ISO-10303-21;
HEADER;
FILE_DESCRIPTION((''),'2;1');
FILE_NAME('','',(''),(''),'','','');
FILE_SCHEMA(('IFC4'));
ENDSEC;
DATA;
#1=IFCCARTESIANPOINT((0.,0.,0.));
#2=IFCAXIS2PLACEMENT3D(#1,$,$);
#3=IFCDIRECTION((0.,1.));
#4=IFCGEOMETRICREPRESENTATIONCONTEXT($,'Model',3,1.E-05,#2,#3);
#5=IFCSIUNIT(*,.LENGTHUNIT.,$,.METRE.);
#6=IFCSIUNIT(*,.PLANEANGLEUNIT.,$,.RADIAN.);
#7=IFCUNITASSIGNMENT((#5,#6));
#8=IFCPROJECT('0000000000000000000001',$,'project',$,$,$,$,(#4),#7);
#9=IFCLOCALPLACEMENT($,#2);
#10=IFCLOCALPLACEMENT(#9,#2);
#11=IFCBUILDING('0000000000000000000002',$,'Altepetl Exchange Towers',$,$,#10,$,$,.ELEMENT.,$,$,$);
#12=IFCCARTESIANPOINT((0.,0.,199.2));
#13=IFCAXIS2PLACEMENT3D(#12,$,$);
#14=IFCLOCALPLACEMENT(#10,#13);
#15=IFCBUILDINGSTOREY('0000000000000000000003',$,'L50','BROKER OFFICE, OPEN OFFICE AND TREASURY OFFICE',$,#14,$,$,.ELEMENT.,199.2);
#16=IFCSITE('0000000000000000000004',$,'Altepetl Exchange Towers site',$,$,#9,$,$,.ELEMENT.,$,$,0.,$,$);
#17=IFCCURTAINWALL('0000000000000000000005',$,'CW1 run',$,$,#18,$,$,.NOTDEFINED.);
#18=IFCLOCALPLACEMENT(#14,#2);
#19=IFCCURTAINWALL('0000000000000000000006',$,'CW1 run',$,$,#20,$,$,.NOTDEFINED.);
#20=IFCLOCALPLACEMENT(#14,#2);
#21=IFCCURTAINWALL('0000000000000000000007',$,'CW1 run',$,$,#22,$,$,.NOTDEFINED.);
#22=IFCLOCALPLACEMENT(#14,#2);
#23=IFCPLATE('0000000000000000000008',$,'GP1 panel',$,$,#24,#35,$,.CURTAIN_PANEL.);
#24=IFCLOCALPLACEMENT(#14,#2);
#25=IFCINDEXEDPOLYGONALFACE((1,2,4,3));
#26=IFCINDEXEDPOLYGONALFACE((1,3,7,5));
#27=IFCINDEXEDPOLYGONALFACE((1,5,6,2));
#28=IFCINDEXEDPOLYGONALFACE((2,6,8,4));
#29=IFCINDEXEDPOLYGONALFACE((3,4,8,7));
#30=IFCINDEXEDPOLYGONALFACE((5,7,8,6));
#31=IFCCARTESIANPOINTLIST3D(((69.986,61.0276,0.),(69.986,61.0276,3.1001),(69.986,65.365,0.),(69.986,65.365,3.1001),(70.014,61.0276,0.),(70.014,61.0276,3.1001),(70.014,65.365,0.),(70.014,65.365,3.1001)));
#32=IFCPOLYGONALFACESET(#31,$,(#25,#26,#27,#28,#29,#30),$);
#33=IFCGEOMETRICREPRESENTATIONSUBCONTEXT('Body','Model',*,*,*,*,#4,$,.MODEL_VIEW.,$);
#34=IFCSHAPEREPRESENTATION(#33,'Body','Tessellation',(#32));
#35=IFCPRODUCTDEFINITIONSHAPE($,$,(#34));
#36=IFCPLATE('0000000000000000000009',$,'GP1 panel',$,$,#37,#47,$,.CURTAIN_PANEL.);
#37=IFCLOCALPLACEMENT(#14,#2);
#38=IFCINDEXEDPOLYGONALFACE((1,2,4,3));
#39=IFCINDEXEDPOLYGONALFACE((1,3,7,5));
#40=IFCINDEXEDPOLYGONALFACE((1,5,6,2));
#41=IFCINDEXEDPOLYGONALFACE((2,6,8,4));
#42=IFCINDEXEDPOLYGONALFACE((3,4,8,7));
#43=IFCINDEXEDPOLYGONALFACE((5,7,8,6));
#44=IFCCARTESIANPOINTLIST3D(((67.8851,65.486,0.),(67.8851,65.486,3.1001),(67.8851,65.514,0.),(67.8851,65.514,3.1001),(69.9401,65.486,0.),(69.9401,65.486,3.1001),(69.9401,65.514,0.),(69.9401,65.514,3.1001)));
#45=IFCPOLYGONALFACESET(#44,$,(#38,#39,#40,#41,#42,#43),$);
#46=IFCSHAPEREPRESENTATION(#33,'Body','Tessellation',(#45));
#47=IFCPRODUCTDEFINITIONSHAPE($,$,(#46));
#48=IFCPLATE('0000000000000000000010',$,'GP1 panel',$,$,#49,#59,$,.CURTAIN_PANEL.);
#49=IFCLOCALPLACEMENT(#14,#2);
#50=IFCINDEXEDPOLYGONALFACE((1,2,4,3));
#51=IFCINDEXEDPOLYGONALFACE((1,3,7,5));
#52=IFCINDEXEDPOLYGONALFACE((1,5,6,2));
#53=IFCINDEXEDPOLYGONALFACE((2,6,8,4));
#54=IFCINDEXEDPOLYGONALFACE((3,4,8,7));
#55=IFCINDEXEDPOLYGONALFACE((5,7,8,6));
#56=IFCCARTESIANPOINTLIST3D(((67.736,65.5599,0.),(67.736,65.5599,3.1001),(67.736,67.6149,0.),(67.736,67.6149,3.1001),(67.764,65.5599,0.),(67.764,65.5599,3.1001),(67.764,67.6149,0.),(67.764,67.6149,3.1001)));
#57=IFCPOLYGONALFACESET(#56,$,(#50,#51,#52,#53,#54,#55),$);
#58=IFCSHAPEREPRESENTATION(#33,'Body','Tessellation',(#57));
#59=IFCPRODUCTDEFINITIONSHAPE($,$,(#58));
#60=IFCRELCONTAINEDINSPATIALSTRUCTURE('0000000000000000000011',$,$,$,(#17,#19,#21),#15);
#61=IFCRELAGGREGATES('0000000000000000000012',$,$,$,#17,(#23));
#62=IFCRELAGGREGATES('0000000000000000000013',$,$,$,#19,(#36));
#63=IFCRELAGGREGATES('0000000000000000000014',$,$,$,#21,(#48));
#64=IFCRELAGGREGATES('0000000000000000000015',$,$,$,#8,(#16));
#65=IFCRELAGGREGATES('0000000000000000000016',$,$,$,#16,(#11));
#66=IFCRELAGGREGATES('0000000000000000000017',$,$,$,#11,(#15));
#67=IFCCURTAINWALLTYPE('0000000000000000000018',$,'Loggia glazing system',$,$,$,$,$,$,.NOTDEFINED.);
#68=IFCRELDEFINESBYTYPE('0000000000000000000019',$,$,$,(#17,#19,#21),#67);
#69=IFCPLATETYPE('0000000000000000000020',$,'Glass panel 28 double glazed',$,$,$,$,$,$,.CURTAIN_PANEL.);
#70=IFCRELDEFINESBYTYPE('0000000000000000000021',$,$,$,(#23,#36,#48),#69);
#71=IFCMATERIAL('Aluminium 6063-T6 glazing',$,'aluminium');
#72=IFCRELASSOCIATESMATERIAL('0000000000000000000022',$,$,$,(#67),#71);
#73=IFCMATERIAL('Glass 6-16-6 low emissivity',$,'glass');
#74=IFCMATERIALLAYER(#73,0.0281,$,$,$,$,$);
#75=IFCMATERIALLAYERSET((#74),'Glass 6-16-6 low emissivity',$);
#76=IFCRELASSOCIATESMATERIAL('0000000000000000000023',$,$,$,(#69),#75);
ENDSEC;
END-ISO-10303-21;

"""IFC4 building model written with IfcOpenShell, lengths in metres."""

from ifc_helpers import new_model, si_unit, direction, frame, origin, origin_2d, place, context, subcontext, project, spatial, rectangle, extrude, material, layer, layer_set, type_object, element, aggregate, save


model = new_model("IFC4")

# Units and contexts
model_context = context("Model", 3, precision=1e-05, world=origin(), true_north=direction((0.0, 1.0)))
body_context = subcontext(model_context, "Body", "Model", "MODEL_VIEW")
ifc_project = project(units=[si_unit("LENGTHUNIT", "METRE"), si_unit("PLANEANGLEUNIT", "RADIAN")], contexts=[model_context])

# Site, building, storey
site_placement = place(None, origin())
site = spatial("IfcSite", under=ifc_project, at=site_placement, Name="Altepetl Exchange Towers site", CompositionType="ELEMENT", RefElevation=0.0)
building_placement = place(site_placement, origin())
building = spatial("IfcBuilding", under=site, at=building_placement, Name="Altepetl Exchange Towers", CompositionType="ELEMENT")
storey_placement = place(building_placement, frame((0.0, 0.0, 199.2)))
storey = spatial("IfcBuildingStorey", under=building, at=storey_placement, Name="L50", Description="BROKER OFFICE, OPEN OFFICE AND TREASURY OFFICE", CompositionType="ELEMENT", Elevation=199.2)

# Curtain walls
ifc_material_1 = material(Name="Aluminium 6063-T6 glazing", Category="aluminium")
curtain_wall_type = type_object("IfcCurtainWallType", Name="Loggia glazing system", PredefinedType="NOTDEFINED", material=ifc_material_1)
curtain_wall_1_placement = place(storey_placement, origin())
curtain_wall_1 = element("IfcCurtainWall", 1, at=curtain_wall_1_placement, inside=storey, type_object=curtain_wall_type, Name="CW1 run", PredefinedType="NOTDEFINED")
curtain_wall_2_placement = place(storey_placement, origin())
curtain_wall_2 = element("IfcCurtainWall", 2, at=curtain_wall_2_placement, inside=storey, type_object=curtain_wall_type, Name="CW1 run", PredefinedType="NOTDEFINED")
curtain_wall_3_placement = place(storey_placement, origin())
curtain_wall_3 = element("IfcCurtainWall", 3, at=curtain_wall_3_placement, inside=storey, type_object=curtain_wall_type, Name="CW1 run", PredefinedType="NOTDEFINED")

# Plates
ifc_material_2 = material(Name="Glass 6-16-6 low emissivity", Category="glass")
ifc_layer = layer(ifc_material_2, 0.0281)
ifc_layer_set = layer_set([ifc_layer], Name="Glass 6-16-6 low emissivity")
plate_type = type_object("IfcPlateType", Name="Glass panel 28 double glazed", PredefinedType="CURTAIN_PANEL", material=ifc_layer_set)
plate_1_placement = place(storey_placement, frame((70.0, 63.1963, 0.0), z_axis=(0.0, 0.0, 1.0), x_axis=(0.0, 1.0, 0.0)))
plate_1 = element("IfcPlate", 4, at=plate_1_placement, type_object=plate_type, Name="GP1 panel", PredefinedType="CURTAIN_PANEL", context=body_context, shape_type="SweptSolid", body=[
    extrude(rectangle(XDim=4.3374, YDim=0.0281, at=origin_2d()), origin(), (0.0, 0.0, 1.0), 3.1001),
])
aggregate(curtain_wall_1, [plate_1])
plate_2_placement = place(storey_placement, frame((68.9126, 65.5, 0.0), z_axis=(0.0, 0.0, 1.0), x_axis=(-1.0, 0.0, 0.0)))
plate_2 = element("IfcPlate", 5, at=plate_2_placement, type_object=plate_type, Name="GP1 panel", PredefinedType="CURTAIN_PANEL", context=body_context, shape_type="SweptSolid", body=[
    extrude(rectangle(XDim=2.0549, YDim=0.0281, at=origin_2d()), origin(), (0.0, 0.0, 1.0), 3.1001),
])
aggregate(curtain_wall_2, [plate_2])
plate_3_placement = place(storey_placement, frame((67.75, 66.5874, 0.0), z_axis=(0.0, 0.0, 1.0), x_axis=(0.0, 1.0, 0.0)))
plate_3 = element("IfcPlate", 6, at=plate_3_placement, type_object=plate_type, Name="GP1 panel", PredefinedType="CURTAIN_PANEL", context=body_context, shape_type="SweptSolid", body=[
    extrude(rectangle(XDim=2.0549, YDim=0.0281, at=origin_2d()), origin(), (0.0, 0.0, 1.0), 3.1001),
])
aggregate(curtain_wall_3, [plate_3])

save(model, "model.ifc")
